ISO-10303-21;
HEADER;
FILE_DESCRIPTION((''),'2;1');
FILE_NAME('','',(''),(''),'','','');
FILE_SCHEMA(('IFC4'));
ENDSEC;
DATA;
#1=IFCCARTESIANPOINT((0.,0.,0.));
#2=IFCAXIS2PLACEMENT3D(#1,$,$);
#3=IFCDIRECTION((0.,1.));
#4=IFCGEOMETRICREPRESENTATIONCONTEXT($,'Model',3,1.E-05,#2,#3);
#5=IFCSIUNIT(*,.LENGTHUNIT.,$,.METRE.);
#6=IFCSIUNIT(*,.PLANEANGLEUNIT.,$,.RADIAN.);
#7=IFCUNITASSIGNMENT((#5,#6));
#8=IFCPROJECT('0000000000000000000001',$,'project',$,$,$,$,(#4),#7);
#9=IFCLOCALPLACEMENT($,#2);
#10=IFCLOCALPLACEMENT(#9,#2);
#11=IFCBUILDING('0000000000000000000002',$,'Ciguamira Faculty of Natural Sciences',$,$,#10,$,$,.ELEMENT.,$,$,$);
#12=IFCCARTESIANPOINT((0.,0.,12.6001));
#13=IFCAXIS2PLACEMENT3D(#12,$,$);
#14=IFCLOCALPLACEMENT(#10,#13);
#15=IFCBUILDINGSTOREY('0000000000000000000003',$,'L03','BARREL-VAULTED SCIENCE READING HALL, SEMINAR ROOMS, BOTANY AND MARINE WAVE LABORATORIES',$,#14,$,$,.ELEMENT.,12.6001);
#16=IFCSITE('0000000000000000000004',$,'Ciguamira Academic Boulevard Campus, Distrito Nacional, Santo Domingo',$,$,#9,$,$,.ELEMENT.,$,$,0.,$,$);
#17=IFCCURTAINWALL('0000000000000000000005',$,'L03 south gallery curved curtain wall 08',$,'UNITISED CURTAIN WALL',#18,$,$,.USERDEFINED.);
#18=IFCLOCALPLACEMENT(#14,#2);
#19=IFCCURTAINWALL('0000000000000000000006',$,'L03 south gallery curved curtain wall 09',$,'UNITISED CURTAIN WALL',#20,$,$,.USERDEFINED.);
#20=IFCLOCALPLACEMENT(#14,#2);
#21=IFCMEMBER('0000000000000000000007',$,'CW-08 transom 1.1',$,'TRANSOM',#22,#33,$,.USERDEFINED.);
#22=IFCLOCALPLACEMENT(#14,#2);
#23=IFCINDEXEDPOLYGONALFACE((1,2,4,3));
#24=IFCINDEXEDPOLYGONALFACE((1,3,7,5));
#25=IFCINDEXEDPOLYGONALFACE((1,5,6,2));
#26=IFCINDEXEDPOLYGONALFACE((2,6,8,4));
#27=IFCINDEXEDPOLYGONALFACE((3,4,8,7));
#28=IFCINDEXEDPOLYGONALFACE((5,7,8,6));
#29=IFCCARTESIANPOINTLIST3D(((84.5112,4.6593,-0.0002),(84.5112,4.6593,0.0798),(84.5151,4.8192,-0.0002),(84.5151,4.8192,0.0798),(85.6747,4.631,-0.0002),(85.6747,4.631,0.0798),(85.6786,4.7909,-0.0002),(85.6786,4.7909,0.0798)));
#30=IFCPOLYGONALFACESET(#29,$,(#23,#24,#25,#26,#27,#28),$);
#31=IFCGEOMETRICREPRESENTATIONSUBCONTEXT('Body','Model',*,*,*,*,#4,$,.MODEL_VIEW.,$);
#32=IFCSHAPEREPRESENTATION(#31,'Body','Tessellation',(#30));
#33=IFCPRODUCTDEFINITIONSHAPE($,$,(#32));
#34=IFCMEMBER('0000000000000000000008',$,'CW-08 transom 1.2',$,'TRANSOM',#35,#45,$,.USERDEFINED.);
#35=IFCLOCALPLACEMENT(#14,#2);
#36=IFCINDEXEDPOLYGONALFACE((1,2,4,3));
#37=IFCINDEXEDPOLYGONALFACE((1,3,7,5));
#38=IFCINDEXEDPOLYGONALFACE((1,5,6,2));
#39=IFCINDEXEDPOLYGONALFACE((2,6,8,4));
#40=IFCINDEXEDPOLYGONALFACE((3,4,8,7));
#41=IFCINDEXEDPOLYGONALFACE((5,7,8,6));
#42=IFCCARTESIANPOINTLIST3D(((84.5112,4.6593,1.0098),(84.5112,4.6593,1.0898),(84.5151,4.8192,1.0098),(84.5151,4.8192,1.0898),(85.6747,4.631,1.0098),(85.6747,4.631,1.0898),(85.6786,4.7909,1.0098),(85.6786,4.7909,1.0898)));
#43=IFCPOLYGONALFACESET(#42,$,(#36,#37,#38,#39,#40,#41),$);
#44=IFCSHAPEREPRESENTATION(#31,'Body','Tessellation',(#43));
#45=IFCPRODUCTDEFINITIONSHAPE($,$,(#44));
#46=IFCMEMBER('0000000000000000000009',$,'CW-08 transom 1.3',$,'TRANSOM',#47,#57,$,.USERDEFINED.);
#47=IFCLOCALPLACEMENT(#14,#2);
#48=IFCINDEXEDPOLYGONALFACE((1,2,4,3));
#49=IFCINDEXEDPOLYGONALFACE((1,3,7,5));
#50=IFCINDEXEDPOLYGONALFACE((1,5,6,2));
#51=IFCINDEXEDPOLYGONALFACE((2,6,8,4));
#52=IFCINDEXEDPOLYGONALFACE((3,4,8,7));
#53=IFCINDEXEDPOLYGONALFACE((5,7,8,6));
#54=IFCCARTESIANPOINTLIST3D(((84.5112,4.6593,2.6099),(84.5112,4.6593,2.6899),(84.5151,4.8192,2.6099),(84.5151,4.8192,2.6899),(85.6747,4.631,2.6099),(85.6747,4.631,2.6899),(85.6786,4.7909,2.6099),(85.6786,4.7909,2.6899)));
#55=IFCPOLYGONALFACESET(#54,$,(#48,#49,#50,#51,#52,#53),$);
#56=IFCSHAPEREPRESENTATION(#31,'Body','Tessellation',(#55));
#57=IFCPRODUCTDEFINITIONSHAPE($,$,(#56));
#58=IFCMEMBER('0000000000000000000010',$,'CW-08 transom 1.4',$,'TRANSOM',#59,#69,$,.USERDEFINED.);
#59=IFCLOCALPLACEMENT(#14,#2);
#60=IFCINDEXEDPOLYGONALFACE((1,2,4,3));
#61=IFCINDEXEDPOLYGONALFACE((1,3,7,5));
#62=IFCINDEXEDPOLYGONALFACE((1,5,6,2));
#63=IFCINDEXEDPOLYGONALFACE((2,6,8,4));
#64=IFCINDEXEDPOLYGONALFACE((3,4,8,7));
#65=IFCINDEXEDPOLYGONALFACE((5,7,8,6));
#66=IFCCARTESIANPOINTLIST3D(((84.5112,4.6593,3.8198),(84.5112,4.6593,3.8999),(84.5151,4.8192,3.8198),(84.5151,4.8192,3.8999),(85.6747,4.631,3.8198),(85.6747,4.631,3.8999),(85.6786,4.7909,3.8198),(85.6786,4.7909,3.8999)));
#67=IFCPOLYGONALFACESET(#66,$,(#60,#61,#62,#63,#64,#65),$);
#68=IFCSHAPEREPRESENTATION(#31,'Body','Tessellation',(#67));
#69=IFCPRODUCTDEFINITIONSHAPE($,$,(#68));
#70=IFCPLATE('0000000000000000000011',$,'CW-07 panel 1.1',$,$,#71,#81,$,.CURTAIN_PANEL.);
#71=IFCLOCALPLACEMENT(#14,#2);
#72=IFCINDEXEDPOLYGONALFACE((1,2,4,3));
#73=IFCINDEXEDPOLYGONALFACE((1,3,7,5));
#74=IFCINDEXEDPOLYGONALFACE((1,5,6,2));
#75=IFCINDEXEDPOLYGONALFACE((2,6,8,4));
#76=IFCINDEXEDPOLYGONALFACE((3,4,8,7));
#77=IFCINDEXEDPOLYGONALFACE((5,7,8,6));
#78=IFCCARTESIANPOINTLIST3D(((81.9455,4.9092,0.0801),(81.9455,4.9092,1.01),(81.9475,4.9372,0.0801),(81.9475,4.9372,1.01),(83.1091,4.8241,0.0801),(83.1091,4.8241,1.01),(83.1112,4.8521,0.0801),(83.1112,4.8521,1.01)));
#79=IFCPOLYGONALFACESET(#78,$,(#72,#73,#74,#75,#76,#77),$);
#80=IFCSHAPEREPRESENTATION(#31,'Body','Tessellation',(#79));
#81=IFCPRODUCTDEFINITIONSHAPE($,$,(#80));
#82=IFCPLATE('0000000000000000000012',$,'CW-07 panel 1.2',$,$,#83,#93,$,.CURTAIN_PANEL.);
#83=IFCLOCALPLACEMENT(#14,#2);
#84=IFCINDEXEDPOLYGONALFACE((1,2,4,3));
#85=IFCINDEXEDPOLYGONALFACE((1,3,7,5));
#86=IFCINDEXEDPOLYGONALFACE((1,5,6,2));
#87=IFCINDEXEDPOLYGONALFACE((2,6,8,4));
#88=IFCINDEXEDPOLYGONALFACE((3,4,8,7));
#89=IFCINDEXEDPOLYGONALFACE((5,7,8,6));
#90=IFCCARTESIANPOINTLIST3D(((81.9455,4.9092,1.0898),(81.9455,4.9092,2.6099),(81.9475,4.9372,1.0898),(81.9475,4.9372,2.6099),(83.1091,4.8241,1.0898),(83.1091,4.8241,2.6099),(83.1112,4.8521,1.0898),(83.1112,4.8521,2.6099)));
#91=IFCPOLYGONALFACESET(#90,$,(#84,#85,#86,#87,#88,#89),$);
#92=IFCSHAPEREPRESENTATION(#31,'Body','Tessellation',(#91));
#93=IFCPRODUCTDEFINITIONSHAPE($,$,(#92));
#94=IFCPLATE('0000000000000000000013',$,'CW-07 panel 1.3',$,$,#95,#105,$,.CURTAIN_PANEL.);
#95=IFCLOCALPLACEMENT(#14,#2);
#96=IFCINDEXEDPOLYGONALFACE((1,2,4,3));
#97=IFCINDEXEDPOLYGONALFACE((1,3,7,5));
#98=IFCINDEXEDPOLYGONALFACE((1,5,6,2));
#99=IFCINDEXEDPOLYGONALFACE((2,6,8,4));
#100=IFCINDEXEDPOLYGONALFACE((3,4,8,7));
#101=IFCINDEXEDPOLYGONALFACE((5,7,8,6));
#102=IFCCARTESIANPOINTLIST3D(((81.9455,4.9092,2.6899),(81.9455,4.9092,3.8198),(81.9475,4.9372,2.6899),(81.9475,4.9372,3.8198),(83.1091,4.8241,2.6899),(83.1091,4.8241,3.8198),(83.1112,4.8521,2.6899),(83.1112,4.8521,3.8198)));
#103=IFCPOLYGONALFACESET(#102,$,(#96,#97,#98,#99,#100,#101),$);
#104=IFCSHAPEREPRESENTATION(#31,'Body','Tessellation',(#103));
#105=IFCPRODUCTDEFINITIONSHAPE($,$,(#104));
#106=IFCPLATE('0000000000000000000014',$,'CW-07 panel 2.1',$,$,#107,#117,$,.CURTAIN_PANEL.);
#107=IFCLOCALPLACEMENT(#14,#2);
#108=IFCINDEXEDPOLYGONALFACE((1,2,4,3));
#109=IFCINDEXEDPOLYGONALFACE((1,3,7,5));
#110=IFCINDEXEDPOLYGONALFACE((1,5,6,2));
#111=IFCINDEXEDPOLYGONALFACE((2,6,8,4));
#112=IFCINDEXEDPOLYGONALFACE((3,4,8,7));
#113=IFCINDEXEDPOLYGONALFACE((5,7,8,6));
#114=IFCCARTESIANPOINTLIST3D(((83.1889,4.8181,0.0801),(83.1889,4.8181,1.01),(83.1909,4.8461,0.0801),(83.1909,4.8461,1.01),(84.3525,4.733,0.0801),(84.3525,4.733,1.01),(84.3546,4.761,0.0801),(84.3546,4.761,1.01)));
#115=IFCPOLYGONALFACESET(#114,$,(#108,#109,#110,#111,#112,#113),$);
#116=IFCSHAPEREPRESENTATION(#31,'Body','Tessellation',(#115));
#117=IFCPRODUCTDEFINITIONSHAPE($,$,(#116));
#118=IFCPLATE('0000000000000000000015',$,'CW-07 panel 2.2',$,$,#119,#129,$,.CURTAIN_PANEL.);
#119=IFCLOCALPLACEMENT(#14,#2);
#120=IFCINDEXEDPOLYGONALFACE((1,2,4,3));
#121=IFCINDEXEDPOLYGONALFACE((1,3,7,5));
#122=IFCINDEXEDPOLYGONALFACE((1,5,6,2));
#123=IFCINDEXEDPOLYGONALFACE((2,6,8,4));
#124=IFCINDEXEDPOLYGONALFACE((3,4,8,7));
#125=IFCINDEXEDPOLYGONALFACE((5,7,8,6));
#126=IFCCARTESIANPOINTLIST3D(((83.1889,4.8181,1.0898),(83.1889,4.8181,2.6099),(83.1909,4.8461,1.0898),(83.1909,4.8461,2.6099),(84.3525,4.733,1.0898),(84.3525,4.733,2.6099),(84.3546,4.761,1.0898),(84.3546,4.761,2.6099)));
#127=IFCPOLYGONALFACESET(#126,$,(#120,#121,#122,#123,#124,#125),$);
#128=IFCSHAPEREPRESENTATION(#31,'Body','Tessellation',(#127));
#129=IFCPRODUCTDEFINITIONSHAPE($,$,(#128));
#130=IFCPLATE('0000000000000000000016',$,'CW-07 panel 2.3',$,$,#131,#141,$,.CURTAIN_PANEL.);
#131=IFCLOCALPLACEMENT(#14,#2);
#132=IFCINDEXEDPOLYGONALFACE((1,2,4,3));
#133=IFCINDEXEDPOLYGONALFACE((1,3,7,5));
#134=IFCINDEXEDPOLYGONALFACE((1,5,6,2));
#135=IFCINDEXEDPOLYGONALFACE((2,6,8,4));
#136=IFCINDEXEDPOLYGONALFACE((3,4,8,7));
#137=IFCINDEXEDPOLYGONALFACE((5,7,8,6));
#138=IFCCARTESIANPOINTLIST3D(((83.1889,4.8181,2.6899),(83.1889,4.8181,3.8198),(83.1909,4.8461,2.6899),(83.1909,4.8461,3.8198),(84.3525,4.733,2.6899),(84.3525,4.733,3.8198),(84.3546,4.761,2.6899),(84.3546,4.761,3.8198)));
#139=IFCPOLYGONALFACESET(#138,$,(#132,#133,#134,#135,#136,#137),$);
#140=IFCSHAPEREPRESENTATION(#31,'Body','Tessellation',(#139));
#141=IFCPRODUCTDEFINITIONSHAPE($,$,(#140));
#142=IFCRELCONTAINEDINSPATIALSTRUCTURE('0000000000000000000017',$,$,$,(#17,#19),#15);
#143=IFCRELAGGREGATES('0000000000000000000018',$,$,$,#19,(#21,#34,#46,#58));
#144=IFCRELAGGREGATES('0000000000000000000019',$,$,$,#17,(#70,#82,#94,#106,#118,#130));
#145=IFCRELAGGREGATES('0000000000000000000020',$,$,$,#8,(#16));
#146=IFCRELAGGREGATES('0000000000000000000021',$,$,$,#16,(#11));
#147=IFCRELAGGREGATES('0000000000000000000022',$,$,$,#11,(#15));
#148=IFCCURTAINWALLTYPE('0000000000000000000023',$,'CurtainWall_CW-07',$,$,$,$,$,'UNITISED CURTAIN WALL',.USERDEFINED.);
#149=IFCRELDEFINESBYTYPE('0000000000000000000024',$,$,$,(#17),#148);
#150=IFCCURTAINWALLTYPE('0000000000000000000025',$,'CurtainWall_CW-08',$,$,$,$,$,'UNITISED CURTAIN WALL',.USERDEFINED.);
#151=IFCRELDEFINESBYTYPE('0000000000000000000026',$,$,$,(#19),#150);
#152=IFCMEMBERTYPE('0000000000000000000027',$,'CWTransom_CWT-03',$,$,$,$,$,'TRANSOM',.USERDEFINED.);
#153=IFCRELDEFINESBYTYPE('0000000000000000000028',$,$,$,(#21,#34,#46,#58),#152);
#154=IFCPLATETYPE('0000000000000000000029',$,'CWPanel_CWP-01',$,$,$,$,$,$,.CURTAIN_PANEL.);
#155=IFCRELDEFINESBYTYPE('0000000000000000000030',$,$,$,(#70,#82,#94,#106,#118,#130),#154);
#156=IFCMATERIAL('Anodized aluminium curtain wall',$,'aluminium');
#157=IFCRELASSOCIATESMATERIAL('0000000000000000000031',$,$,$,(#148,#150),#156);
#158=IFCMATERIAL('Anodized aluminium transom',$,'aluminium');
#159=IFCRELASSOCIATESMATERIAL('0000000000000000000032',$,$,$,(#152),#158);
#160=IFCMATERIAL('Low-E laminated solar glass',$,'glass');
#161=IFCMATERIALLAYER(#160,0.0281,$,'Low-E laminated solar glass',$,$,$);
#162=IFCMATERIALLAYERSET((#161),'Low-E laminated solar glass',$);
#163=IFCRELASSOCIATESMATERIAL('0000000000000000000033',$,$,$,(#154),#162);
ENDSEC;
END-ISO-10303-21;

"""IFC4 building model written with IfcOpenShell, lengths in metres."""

from ifc_helpers import new_model, si_unit, direction, frame, origin, origin_2d, place, context, subcontext, project, spatial, rectangle, extrude, material, layer, layer_set, material_profile, profile_set, type_object, element, aggregate, save


model = new_model("IFC4")

# Units and contexts
model_context = context("Model", 3, precision=1e-05, world=origin(), true_north=direction((0.0, 1.0)))
body_context = subcontext(model_context, "Body", "Model", "MODEL_VIEW")
ifc_project = project(units=[si_unit("LENGTHUNIT", "METRE"), si_unit("PLANEANGLEUNIT", "RADIAN")], contexts=[model_context])

# Site, building, storey
site_placement = place(None, origin())
site = spatial("IfcSite", under=ifc_project, at=site_placement, Name="Ciguamira Academic Boulevard Campus, Distrito Nacional, Santo Domingo", CompositionType="ELEMENT", RefElevation=0.0)
building_placement = place(site_placement, origin())
building = spatial("IfcBuilding", under=site, at=building_placement, Name="Ciguamira Faculty of Natural Sciences", CompositionType="ELEMENT")
storey_placement = place(building_placement, frame((0.0, 0.0, 12.6001)))
storey = spatial("IfcBuildingStorey", under=building, at=storey_placement, Name="L03", Description="BARREL-VAULTED SCIENCE READING HALL, SEMINAR ROOMS, BOTANY AND MARINE WAVE LABORATORIES", CompositionType="ELEMENT", Elevation=12.6001)

# Curtain wall
ifc_material_1 = material(Name="Anodized aluminium curtain wall", Category="aluminium")
curtain_wall_type_1 = type_object("IfcCurtainWallType", Name="CurtainWall_CW-07", ElementType="UNITISED CURTAIN WALL", PredefinedType="USERDEFINED", material=ifc_material_1)
curtain_wall_1_placement = place(storey_placement, origin())
curtain_wall_1 = element("IfcCurtainWall", 1, at=curtain_wall_1_placement, inside=storey, type_object=curtain_wall_type_1, Name="L03 south gallery curved curtain wall 08", ObjectType="UNITISED CURTAIN WALL", PredefinedType="USERDEFINED")

# Curtain wall
curtain_wall_type_2 = type_object("IfcCurtainWallType", Name="CurtainWall_CW-08", ElementType="UNITISED CURTAIN WALL", PredefinedType="USERDEFINED", material=ifc_material_1)
curtain_wall_2_placement = place(storey_placement, origin())
curtain_wall_2 = element("IfcCurtainWall", 2, at=curtain_wall_2_placement, inside=storey, type_object=curtain_wall_type_2, Name="L03 south gallery curved curtain wall 09", ObjectType="UNITISED CURTAIN WALL", PredefinedType="USERDEFINED")

# Members
ifc_material_2 = material(Name="Anodized aluminium transom", Category="aluminium")
ifc_material_profile_1 = material_profile(ifc_material_2, rectangle(XDim=0.0801, YDim=0.1599, at=origin_2d()), Name="ALU-TRN-80X160")
ifc_profile_set_1 = profile_set([ifc_material_profile_1], Name="Anodized aluminium transom")
member_type_1 = type_object("IfcMemberType", Name="CWTransom_CWT-03", ElementType="TRANSOM", PredefinedType="USERDEFINED", material=ifc_profile_set_1)
member_1_placement = place(storey_placement, frame((84.5132, 4.7393, 0.0398), z_axis=(0.999704, -0.024332, 0.0), x_axis=(0.0, 0.0, 1.0)))
member_1 = element("IfcMember", 3, at=member_1_placement, type_object=member_type_1, Name="CW-08 transom 1.1", ObjectType="TRANSOM", PredefinedType="USERDEFINED", context=body_context, shape_type="SweptSolid", body=[
    extrude(rectangle(XDim=0.0801, YDim=0.1599, at=origin_2d()), origin(), (0.0, 0.0, 1.0), 1.1638),
])
member_2_placement = place(storey_placement, frame((84.5132, 4.7393, 1.0498), z_axis=(0.999704, -0.024332, 0.0), x_axis=(0.0, 0.0, 1.0)))
member_2 = element("IfcMember", 4, at=member_2_placement, type_object=member_type_1, Name="CW-08 transom 1.2", ObjectType="TRANSOM", PredefinedType="USERDEFINED", context=body_context, shape_type="SweptSolid", body=[
    extrude(rectangle(XDim=0.0801, YDim=0.1599, at=origin_2d()), origin(), (0.0, 0.0, 1.0), 1.1638),
])
member_3_placement = place(storey_placement, frame((84.5132, 4.7393, 2.6499), z_axis=(0.999704, -0.024332, 0.0), x_axis=(0.0, 0.0, 1.0)))
member_3 = element("IfcMember", 5, at=member_3_placement, type_object=member_type_1, Name="CW-08 transom 1.3", ObjectType="TRANSOM", PredefinedType="USERDEFINED", context=body_context, shape_type="SweptSolid", body=[
    extrude(rectangle(XDim=0.0801, YDim=0.1599, at=origin_2d()), origin(), (0.0, 0.0, 1.0), 1.1638),
])
member_4_placement = place(storey_placement, frame((84.5132, 4.7393, 3.8599), z_axis=(0.999704, -0.024332, 0.0), x_axis=(0.0, 0.0, 1.0)))
member_4 = element("IfcMember", 6, at=member_4_placement, type_object=member_type_1, Name="CW-08 transom 1.4", ObjectType="TRANSOM", PredefinedType="USERDEFINED", context=body_context, shape_type="SweptSolid", body=[
    extrude(rectangle(XDim=0.0801, YDim=0.1599, at=origin_2d()), origin(), (0.0, 0.0, 1.0), 1.1638),
])
aggregate(curtain_wall_2, [member_1, member_2, member_3, member_4])

# Plates
ifc_material_3 = material(Name="Low-E laminated solar glass", Category="glass")
ifc_layer = layer(ifc_material_3, 0.0281, Name="Low-E laminated solar glass")
ifc_layer_set = layer_set([ifc_layer], Name="Low-E laminated solar glass")
plate_type = type_object("IfcPlateType", Name="CWPanel_CWP-01", PredefinedType="CURTAIN_PANEL", material=ifc_layer_set)
plate_1_placement = place(storey_placement, frame((82.5283, 4.8806, 0.0801), z_axis=(0.0, 0.0, 1.0), x_axis=(0.997337, -0.072937, 0.0)))
plate_1 = element("IfcPlate", 7, at=plate_1_placement, type_object=plate_type, Name="CW-07 panel 1.1", PredefinedType="CURTAIN_PANEL", context=body_context, shape_type="SweptSolid", body=[
    extrude(rectangle(XDim=1.1667, YDim=0.0281, at=origin_2d()), origin(), (0.0, 0.0, 1.0), 0.9299),
])
plate_2_placement = place(storey_placement, frame((82.5283, 4.8806, 1.0898), z_axis=(0.0, 0.0, 1.0), x_axis=(0.997337, -0.072937, 0.0)))
plate_2 = element("IfcPlate", 8, at=plate_2_placement, type_object=plate_type, Name="CW-07 panel 1.2", PredefinedType="CURTAIN_PANEL", context=body_context, shape_type="SweptSolid", body=[
    extrude(rectangle(XDim=1.1667, YDim=0.0281, at=origin_2d()), origin(), (0.0, 0.0, 1.0), 1.52),
])
plate_3_placement = place(storey_placement, frame((82.5283, 4.8806, 2.6899), z_axis=(0.0, 0.0, 1.0), x_axis=(0.997337, -0.072937, 0.0)))
plate_3 = element("IfcPlate", 9, at=plate_3_placement, type_object=plate_type, Name="CW-07 panel 1.3", PredefinedType="CURTAIN_PANEL", context=body_context, shape_type="SweptSolid", body=[
    extrude(rectangle(XDim=1.1667, YDim=0.0281, at=origin_2d()), origin(), (0.0, 0.0, 1.0), 1.1299),
])
plate_4_placement = place(storey_placement, frame((83.7717, 4.7896, 0.0801), z_axis=(0.0, 0.0, 1.0), x_axis=(0.997337, -0.072937, 0.0)))
plate_4 = element("IfcPlate", 10, at=plate_4_placement, type_object=plate_type, Name="CW-07 panel 2.1", PredefinedType="CURTAIN_PANEL", context=body_context, shape_type="SweptSolid", body=[
    extrude(rectangle(XDim=1.1667, YDim=0.0281, at=origin_2d()), origin(), (0.0, 0.0, 1.0), 0.9299),
])
plate_5_placement = place(storey_placement, frame((83.7717, 4.7896, 1.0898), z_axis=(0.0, 0.0, 1.0), x_axis=(0.997337, -0.072937, 0.0)))
plate_5 = element("IfcPlate", 11, at=plate_5_placement, type_object=plate_type, Name="CW-07 panel 2.2", PredefinedType="CURTAIN_PANEL", context=body_context, shape_type="SweptSolid", body=[
    extrude(rectangle(XDim=1.1667, YDim=0.0281, at=origin_2d()), origin(), (0.0, 0.0, 1.0), 1.52),
])
plate_6_placement = place(storey_placement, frame((83.7717, 4.7896, 2.6899), z_axis=(0.0, 0.0, 1.0), x_axis=(0.997337, -0.072937, 0.0)))
plate_6 = element("IfcPlate", 12, at=plate_6_placement, type_object=plate_type, Name="CW-07 panel 2.3", PredefinedType="CURTAIN_PANEL", context=body_context, shape_type="SweptSolid", body=[
    extrude(rectangle(XDim=1.1667, YDim=0.0281, at=origin_2d()), origin(), (0.0, 0.0, 1.0), 1.1299),
])
aggregate(curtain_wall_1, [plate_1, plate_2, plate_3, plate_4, plate_5, plate_6])

save(model, "model.ifc")
